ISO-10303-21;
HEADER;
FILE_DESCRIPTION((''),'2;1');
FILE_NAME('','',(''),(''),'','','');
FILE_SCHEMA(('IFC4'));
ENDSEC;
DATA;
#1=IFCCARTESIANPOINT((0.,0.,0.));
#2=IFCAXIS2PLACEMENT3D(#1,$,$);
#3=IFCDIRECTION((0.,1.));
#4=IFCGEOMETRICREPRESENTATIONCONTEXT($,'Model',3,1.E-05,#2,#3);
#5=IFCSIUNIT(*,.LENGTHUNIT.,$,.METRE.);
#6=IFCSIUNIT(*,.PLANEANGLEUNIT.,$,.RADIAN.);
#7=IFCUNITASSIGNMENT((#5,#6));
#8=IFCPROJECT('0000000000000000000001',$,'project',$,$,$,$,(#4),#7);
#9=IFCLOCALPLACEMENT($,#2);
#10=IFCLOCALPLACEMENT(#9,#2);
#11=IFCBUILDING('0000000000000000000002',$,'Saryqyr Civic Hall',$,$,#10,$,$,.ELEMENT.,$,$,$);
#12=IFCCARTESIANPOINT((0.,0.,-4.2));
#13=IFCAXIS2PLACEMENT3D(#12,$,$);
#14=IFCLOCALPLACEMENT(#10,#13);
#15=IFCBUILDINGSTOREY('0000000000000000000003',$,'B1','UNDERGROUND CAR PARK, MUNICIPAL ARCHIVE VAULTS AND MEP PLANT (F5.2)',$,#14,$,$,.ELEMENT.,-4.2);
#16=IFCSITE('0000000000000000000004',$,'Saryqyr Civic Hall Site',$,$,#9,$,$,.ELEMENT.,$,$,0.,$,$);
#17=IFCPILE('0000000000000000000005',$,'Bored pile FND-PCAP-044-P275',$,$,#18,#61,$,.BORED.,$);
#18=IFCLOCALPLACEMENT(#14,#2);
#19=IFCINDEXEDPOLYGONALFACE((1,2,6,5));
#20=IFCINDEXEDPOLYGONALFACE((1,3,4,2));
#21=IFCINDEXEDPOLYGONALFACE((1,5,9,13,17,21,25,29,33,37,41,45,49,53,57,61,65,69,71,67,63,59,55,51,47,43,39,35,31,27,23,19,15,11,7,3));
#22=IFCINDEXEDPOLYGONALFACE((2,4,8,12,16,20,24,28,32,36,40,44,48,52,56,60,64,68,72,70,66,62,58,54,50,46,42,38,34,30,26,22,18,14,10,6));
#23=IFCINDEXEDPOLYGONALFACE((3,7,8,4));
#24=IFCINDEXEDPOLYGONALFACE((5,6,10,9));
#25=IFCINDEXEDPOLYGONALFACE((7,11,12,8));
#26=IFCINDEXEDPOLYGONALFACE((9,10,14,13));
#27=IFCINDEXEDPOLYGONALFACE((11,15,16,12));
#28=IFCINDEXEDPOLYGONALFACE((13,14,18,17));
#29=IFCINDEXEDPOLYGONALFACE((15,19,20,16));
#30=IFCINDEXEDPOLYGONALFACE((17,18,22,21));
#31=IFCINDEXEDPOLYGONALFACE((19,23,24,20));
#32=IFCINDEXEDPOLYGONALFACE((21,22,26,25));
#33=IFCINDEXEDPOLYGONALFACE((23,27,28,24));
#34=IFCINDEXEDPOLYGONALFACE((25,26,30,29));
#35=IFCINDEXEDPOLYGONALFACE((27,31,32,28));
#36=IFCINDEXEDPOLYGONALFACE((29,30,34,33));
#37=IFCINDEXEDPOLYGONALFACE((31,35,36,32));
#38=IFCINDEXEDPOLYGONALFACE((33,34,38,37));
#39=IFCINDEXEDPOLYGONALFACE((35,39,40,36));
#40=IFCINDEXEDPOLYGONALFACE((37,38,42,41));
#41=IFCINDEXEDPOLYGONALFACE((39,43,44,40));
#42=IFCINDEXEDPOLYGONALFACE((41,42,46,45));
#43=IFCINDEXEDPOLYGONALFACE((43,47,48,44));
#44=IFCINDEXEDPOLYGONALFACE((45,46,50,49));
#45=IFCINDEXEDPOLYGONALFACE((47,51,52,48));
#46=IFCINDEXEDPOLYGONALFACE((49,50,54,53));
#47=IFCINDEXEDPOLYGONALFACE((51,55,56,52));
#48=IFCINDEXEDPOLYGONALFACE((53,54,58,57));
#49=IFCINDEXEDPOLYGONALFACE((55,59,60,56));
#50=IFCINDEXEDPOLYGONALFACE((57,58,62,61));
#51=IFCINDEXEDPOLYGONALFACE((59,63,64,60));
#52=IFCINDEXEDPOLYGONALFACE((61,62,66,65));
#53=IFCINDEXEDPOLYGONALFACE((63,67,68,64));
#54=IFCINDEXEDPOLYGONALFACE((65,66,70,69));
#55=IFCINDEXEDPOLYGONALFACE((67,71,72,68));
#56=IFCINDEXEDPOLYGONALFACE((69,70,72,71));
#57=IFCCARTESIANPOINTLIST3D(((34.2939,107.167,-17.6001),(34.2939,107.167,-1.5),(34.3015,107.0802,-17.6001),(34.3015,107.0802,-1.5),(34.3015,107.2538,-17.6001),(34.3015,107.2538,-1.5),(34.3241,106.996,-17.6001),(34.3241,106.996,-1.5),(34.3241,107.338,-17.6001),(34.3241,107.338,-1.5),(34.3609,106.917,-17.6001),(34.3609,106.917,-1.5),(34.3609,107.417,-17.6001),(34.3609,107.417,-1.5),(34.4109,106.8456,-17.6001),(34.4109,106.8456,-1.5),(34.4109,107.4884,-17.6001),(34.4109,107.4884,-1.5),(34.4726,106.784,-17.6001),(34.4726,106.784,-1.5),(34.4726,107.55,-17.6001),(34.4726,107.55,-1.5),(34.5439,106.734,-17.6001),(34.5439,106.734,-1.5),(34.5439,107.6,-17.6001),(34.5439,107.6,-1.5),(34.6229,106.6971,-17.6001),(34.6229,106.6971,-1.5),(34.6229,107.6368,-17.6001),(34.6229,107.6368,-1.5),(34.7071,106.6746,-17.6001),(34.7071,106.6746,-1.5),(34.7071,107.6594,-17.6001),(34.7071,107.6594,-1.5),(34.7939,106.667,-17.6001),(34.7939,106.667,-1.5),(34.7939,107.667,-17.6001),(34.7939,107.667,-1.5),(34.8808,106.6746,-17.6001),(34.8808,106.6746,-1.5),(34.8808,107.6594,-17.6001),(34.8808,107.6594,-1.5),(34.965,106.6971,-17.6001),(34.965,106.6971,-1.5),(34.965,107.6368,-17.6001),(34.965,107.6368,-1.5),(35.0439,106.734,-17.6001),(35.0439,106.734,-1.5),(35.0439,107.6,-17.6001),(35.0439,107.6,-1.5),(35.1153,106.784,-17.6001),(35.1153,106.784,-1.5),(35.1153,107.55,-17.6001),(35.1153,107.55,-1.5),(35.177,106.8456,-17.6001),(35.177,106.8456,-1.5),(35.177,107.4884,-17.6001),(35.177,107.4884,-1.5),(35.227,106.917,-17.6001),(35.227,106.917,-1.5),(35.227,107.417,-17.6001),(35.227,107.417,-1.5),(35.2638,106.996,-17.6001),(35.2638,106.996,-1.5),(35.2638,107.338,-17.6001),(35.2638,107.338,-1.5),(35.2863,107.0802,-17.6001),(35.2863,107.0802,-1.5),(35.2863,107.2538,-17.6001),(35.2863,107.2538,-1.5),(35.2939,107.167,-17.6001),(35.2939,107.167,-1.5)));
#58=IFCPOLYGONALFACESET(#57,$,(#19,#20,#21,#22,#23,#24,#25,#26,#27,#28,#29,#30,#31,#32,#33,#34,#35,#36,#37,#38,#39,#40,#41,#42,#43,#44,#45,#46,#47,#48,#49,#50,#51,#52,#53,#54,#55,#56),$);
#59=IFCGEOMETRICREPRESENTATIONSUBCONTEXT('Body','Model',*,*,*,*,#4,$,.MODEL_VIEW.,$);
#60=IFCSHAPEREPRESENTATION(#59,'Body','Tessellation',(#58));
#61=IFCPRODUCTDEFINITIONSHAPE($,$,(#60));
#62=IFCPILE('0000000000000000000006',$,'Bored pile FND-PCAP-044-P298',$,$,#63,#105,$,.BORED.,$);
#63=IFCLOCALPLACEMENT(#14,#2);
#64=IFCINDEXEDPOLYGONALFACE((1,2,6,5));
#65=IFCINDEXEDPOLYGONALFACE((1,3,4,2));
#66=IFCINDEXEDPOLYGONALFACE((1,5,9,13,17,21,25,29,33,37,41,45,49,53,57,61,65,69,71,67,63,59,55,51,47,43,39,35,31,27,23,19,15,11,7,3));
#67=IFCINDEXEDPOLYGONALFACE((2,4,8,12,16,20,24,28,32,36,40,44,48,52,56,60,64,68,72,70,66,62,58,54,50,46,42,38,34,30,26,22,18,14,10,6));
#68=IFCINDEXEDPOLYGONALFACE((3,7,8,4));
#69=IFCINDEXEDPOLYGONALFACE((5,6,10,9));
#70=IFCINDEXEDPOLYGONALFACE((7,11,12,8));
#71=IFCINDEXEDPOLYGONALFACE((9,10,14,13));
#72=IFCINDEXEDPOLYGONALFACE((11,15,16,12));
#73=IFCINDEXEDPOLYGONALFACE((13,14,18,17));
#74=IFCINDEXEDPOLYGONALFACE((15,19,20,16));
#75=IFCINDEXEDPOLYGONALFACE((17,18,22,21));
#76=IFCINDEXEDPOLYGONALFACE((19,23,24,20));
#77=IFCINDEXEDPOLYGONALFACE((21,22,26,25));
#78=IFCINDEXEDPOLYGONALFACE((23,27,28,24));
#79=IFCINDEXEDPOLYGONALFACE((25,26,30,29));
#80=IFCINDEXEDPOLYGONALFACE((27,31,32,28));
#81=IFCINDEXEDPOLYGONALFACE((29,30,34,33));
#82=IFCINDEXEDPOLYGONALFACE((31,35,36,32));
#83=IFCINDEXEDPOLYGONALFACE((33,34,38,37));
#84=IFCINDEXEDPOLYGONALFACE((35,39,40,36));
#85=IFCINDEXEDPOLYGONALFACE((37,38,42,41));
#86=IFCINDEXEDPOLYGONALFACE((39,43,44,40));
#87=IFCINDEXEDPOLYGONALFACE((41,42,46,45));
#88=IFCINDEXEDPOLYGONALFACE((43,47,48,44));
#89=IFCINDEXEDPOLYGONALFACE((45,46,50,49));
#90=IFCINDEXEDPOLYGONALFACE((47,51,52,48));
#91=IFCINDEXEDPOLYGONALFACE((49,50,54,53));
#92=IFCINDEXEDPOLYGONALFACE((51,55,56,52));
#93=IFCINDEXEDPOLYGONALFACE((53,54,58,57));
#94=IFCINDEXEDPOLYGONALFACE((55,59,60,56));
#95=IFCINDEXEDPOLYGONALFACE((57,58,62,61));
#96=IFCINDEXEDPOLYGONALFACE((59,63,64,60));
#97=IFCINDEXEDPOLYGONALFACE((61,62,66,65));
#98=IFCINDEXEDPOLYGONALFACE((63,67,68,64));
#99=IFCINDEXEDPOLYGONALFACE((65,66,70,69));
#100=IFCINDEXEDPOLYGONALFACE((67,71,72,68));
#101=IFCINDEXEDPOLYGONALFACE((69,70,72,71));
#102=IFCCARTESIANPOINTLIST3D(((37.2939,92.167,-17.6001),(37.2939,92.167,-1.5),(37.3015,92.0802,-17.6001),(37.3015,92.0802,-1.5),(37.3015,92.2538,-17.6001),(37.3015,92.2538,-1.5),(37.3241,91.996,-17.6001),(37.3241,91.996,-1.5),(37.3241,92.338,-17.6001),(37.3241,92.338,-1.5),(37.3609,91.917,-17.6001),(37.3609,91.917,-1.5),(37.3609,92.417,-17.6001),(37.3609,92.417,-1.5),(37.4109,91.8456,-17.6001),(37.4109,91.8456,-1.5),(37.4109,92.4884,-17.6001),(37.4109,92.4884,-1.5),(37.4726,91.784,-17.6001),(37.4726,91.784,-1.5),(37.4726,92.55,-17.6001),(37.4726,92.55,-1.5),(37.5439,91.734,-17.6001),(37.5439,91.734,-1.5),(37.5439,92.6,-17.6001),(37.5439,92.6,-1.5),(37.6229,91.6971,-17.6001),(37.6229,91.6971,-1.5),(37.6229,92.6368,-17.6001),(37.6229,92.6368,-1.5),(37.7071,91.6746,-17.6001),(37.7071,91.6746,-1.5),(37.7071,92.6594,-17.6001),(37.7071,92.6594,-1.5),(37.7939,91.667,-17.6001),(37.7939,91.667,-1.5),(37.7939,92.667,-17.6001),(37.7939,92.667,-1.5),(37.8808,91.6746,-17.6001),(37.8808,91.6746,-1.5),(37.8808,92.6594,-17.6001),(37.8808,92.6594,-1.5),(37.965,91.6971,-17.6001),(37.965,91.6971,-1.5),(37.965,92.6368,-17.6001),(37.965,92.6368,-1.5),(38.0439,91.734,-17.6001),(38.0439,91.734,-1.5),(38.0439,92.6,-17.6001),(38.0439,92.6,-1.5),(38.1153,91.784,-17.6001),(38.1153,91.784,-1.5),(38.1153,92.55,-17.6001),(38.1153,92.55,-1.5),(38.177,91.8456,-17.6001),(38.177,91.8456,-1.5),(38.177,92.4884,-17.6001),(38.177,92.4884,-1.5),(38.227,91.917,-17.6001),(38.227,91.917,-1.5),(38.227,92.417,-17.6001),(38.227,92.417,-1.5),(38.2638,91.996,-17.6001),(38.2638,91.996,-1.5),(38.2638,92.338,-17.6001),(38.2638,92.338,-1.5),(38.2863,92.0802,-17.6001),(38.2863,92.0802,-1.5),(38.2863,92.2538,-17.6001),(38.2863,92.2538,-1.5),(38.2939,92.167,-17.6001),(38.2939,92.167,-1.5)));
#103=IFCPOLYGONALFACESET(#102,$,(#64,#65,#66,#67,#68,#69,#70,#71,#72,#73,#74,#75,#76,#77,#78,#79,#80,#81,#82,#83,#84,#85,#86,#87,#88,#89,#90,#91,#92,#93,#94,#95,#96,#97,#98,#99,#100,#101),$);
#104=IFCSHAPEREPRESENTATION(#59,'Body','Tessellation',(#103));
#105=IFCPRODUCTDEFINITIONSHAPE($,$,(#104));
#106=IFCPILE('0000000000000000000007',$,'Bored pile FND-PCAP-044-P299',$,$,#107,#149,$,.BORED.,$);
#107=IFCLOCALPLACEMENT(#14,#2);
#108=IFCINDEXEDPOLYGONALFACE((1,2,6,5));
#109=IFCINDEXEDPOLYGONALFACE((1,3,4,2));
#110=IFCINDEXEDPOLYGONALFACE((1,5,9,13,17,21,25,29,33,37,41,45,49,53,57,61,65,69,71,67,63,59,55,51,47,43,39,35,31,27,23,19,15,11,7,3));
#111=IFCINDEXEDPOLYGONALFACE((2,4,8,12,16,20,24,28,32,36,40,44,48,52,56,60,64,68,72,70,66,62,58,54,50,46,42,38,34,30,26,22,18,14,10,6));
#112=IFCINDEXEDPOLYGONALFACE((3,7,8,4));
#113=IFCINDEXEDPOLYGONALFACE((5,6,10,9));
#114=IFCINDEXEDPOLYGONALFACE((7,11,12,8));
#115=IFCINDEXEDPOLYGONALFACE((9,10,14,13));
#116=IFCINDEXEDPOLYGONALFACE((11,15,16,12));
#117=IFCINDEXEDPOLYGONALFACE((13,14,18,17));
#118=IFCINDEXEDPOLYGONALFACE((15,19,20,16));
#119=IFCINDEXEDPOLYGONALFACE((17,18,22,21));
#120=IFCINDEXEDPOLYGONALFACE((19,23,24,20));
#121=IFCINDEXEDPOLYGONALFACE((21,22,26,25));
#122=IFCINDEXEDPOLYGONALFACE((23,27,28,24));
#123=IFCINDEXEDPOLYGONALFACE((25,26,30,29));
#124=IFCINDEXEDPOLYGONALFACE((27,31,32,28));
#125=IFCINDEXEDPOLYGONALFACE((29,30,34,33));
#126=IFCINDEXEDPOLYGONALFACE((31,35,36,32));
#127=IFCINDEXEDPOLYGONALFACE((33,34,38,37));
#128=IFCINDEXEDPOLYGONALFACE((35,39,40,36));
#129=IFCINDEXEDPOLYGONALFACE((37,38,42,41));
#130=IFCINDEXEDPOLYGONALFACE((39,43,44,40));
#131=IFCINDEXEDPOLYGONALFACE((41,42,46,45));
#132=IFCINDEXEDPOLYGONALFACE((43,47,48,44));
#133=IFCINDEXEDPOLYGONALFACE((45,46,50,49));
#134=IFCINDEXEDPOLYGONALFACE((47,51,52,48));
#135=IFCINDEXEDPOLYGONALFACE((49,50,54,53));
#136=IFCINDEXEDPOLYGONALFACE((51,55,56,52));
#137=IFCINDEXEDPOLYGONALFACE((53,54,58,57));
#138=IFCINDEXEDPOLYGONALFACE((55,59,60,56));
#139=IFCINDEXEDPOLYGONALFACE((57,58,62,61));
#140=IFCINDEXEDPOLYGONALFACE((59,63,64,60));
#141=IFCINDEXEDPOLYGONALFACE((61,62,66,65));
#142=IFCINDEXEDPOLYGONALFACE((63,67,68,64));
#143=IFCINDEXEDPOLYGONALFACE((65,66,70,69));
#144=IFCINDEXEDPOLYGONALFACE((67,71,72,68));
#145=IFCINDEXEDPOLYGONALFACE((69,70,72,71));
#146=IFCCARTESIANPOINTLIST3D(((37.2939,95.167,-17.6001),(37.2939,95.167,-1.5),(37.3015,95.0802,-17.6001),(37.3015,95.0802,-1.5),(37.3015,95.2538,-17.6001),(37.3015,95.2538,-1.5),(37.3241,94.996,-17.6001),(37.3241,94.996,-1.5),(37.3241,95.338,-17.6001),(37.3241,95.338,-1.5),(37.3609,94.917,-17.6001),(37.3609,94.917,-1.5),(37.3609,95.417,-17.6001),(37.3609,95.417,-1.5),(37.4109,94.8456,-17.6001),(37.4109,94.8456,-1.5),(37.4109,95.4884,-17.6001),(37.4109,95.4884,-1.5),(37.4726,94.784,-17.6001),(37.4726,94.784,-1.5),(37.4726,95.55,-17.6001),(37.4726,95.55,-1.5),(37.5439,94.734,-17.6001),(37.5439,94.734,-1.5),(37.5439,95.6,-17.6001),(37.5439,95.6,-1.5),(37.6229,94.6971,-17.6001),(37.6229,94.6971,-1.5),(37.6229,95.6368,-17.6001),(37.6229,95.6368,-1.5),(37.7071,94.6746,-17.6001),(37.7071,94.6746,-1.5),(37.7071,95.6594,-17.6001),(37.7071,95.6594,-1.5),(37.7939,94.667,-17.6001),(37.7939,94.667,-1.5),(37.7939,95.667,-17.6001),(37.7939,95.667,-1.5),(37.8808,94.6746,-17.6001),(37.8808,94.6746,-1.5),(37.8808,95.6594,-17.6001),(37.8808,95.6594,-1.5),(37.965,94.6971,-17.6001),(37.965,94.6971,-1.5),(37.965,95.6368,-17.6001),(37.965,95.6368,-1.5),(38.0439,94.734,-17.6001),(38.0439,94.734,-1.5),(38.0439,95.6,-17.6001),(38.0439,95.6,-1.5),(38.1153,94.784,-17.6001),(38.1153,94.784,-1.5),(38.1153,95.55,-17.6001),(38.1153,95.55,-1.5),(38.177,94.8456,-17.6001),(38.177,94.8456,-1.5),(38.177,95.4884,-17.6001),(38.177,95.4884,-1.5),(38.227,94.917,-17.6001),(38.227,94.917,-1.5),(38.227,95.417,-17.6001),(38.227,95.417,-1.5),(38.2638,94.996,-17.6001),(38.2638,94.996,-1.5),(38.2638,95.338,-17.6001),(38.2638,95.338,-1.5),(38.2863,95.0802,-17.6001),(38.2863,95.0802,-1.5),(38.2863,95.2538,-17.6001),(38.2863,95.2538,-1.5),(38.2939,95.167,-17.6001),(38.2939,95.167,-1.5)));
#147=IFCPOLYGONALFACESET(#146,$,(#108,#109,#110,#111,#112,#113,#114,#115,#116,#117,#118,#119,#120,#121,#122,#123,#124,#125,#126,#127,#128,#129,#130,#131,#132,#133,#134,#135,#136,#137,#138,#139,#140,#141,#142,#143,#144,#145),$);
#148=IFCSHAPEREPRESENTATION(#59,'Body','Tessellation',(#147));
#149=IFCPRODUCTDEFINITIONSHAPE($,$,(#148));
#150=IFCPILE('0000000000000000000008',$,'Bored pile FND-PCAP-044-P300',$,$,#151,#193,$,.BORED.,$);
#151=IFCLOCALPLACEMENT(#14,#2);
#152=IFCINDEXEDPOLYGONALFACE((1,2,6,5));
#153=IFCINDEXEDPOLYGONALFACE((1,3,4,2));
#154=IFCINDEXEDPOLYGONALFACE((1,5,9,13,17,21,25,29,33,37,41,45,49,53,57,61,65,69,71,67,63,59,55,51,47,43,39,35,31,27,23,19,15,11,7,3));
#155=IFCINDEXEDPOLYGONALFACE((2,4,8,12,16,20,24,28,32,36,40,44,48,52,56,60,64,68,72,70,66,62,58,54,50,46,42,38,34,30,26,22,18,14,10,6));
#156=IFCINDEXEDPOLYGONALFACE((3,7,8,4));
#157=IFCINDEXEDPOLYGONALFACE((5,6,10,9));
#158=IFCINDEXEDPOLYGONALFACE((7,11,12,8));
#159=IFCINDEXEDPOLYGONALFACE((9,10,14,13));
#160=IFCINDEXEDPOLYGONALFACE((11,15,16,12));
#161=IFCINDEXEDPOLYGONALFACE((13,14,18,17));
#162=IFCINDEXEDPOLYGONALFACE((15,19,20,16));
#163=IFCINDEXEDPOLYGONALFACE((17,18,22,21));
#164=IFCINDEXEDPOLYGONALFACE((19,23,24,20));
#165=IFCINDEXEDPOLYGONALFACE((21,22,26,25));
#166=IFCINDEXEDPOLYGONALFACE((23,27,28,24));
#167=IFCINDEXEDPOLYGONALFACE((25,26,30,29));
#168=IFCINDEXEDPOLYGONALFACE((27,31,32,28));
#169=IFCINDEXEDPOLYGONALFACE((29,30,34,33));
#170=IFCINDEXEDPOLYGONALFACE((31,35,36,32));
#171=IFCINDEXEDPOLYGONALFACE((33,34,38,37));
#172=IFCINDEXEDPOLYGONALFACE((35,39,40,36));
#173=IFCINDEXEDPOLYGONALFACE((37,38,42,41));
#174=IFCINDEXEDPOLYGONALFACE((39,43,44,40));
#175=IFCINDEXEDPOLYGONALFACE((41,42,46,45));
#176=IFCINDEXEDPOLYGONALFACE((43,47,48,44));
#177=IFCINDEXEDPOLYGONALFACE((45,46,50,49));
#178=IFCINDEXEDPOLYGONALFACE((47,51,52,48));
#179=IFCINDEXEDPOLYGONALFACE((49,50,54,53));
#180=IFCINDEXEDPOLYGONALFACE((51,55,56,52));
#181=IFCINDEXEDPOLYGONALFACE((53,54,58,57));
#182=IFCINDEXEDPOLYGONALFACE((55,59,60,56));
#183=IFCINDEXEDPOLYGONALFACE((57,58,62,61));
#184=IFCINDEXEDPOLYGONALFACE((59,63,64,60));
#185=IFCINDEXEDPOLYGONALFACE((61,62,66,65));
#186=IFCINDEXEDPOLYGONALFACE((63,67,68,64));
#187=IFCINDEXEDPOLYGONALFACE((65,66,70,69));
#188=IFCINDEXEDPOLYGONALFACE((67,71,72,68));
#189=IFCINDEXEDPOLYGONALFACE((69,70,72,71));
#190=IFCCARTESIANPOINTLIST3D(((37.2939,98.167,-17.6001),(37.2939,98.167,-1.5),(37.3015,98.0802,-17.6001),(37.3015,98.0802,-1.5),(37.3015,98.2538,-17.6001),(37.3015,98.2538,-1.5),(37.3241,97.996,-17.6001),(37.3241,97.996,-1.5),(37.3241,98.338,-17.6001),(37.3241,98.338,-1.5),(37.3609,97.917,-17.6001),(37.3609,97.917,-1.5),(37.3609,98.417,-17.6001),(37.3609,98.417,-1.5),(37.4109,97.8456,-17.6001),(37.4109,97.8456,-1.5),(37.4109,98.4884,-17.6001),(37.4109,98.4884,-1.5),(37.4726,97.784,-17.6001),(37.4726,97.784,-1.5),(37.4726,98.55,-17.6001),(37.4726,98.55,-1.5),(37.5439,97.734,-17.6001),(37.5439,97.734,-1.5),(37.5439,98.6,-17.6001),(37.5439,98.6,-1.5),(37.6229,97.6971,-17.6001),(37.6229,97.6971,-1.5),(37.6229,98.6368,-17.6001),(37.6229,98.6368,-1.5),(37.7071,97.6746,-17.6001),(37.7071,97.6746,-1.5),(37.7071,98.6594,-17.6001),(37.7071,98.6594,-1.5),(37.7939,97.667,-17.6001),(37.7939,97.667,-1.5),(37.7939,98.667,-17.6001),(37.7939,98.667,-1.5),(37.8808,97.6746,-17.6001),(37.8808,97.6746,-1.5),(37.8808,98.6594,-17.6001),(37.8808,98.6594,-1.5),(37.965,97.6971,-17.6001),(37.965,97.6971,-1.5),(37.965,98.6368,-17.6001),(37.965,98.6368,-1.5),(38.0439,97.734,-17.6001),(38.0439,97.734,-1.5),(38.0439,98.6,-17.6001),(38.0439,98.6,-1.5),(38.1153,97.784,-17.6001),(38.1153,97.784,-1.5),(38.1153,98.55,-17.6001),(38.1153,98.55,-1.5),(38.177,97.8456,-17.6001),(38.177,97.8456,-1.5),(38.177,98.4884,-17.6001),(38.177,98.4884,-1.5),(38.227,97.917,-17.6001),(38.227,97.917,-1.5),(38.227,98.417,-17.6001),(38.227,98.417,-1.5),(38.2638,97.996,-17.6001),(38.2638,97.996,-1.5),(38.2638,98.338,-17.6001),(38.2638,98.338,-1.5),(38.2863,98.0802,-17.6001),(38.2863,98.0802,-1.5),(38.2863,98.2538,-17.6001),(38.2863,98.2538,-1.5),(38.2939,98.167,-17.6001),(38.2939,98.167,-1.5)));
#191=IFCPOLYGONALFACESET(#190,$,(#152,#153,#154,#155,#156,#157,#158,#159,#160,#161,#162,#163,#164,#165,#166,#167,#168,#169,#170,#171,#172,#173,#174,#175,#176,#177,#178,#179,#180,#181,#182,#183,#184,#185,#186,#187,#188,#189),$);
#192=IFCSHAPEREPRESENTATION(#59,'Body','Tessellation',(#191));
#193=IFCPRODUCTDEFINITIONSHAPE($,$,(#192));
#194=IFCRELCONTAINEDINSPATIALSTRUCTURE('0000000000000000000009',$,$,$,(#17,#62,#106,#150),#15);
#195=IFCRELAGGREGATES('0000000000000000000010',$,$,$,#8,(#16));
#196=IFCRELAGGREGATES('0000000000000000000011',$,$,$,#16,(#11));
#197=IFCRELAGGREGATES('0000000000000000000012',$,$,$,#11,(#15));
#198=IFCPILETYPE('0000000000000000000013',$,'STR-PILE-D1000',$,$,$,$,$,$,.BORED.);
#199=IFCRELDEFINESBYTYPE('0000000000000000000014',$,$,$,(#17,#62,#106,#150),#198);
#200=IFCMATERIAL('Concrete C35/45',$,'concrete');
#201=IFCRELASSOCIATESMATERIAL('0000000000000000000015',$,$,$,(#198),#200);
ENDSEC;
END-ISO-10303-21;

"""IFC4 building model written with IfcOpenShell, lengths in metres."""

from ifc_helpers import new_model, si_unit, direction, frame, origin, origin_2d, place, context, subcontext, project, spatial, circle, extrude, material, material_profile, profile_set, type_object, element, save


model = new_model("IFC4")

# Units and contexts
model_context = context("Model", 3, precision=1e-05, world=origin(), true_north=direction((0.0, 1.0)))
body_context = subcontext(model_context, "Body", "Model", "MODEL_VIEW")
ifc_project = project(units=[si_unit("LENGTHUNIT", "METRE"), si_unit("PLANEANGLEUNIT", "RADIAN")], contexts=[model_context])

# Site, building, storey
site_placement = place(None, origin())
site = spatial("IfcSite", under=ifc_project, at=site_placement, Name="Saryqyr Civic Hall Site", CompositionType="ELEMENT", RefElevation=0.0)
building_placement = place(site_placement, origin())
building = spatial("IfcBuilding", under=site, at=building_placement, Name="Saryqyr Civic Hall", CompositionType="ELEMENT")
storey_placement = place(building_placement, frame((0.0, 0.0, -4.2)))
storey = spatial("IfcBuildingStorey", under=building, at=storey_placement, Name="B1", Description="UNDERGROUND CAR PARK, MUNICIPAL ARCHIVE VAULTS AND MEP PLANT (F5.2)", CompositionType="ELEMENT", Elevation=-4.2)

# Piles
ifc_material_1 = material(Name="Concrete C35/45", Category="concrete")
ifc_material_profile_1 = material_profile(ifc_material_1, circle(Radius=0.5, at=origin_2d()), Name="BORED PILE D1000")
ifc_profile_set_1 = profile_set([ifc_material_profile_1], Name="Concrete C35/45")
pile_type = type_object("IfcPileType", Name="STR-PILE-D1000", PredefinedType="BORED", material=ifc_profile_set_1)
for number, where, z_axis, x_axis, name in (
    (1, (34.7939, 107.167, -1.5), (0.0, 0.0, -1.0), (1.0, 0.0, 0.0), "Bored pile FND-PCAP-044-P275"),
    (2, (37.7939, 92.167, -1.5), (0.0, 0.0, -1.0), (1.0, 0.0, 0.0), "Bored pile FND-PCAP-044-P298"),
    (3, (37.7939, 95.167, -1.5), (0.0, 0.0, -1.0), (1.0, 0.0, 0.0), "Bored pile FND-PCAP-044-P299"),
    (4, (37.7939, 98.167, -1.5), (0.0, 0.0, -1.0), (1.0, 0.0, 0.0), "Bored pile FND-PCAP-044-P300"),
):
    element("IfcPile", number, at=place(storey_placement, frame(where, z_axis=z_axis, x_axis=x_axis)), inside=storey, type_object=pile_type, Name=name, PredefinedType="BORED", context=body_context, shape_type="SweptSolid", body=[
        extrude(circle(Radius=0.5, at=origin_2d()), origin(), (0.0, 0.0, 1.0), 16.1001),
    ])

save(model, "model.ifc")
